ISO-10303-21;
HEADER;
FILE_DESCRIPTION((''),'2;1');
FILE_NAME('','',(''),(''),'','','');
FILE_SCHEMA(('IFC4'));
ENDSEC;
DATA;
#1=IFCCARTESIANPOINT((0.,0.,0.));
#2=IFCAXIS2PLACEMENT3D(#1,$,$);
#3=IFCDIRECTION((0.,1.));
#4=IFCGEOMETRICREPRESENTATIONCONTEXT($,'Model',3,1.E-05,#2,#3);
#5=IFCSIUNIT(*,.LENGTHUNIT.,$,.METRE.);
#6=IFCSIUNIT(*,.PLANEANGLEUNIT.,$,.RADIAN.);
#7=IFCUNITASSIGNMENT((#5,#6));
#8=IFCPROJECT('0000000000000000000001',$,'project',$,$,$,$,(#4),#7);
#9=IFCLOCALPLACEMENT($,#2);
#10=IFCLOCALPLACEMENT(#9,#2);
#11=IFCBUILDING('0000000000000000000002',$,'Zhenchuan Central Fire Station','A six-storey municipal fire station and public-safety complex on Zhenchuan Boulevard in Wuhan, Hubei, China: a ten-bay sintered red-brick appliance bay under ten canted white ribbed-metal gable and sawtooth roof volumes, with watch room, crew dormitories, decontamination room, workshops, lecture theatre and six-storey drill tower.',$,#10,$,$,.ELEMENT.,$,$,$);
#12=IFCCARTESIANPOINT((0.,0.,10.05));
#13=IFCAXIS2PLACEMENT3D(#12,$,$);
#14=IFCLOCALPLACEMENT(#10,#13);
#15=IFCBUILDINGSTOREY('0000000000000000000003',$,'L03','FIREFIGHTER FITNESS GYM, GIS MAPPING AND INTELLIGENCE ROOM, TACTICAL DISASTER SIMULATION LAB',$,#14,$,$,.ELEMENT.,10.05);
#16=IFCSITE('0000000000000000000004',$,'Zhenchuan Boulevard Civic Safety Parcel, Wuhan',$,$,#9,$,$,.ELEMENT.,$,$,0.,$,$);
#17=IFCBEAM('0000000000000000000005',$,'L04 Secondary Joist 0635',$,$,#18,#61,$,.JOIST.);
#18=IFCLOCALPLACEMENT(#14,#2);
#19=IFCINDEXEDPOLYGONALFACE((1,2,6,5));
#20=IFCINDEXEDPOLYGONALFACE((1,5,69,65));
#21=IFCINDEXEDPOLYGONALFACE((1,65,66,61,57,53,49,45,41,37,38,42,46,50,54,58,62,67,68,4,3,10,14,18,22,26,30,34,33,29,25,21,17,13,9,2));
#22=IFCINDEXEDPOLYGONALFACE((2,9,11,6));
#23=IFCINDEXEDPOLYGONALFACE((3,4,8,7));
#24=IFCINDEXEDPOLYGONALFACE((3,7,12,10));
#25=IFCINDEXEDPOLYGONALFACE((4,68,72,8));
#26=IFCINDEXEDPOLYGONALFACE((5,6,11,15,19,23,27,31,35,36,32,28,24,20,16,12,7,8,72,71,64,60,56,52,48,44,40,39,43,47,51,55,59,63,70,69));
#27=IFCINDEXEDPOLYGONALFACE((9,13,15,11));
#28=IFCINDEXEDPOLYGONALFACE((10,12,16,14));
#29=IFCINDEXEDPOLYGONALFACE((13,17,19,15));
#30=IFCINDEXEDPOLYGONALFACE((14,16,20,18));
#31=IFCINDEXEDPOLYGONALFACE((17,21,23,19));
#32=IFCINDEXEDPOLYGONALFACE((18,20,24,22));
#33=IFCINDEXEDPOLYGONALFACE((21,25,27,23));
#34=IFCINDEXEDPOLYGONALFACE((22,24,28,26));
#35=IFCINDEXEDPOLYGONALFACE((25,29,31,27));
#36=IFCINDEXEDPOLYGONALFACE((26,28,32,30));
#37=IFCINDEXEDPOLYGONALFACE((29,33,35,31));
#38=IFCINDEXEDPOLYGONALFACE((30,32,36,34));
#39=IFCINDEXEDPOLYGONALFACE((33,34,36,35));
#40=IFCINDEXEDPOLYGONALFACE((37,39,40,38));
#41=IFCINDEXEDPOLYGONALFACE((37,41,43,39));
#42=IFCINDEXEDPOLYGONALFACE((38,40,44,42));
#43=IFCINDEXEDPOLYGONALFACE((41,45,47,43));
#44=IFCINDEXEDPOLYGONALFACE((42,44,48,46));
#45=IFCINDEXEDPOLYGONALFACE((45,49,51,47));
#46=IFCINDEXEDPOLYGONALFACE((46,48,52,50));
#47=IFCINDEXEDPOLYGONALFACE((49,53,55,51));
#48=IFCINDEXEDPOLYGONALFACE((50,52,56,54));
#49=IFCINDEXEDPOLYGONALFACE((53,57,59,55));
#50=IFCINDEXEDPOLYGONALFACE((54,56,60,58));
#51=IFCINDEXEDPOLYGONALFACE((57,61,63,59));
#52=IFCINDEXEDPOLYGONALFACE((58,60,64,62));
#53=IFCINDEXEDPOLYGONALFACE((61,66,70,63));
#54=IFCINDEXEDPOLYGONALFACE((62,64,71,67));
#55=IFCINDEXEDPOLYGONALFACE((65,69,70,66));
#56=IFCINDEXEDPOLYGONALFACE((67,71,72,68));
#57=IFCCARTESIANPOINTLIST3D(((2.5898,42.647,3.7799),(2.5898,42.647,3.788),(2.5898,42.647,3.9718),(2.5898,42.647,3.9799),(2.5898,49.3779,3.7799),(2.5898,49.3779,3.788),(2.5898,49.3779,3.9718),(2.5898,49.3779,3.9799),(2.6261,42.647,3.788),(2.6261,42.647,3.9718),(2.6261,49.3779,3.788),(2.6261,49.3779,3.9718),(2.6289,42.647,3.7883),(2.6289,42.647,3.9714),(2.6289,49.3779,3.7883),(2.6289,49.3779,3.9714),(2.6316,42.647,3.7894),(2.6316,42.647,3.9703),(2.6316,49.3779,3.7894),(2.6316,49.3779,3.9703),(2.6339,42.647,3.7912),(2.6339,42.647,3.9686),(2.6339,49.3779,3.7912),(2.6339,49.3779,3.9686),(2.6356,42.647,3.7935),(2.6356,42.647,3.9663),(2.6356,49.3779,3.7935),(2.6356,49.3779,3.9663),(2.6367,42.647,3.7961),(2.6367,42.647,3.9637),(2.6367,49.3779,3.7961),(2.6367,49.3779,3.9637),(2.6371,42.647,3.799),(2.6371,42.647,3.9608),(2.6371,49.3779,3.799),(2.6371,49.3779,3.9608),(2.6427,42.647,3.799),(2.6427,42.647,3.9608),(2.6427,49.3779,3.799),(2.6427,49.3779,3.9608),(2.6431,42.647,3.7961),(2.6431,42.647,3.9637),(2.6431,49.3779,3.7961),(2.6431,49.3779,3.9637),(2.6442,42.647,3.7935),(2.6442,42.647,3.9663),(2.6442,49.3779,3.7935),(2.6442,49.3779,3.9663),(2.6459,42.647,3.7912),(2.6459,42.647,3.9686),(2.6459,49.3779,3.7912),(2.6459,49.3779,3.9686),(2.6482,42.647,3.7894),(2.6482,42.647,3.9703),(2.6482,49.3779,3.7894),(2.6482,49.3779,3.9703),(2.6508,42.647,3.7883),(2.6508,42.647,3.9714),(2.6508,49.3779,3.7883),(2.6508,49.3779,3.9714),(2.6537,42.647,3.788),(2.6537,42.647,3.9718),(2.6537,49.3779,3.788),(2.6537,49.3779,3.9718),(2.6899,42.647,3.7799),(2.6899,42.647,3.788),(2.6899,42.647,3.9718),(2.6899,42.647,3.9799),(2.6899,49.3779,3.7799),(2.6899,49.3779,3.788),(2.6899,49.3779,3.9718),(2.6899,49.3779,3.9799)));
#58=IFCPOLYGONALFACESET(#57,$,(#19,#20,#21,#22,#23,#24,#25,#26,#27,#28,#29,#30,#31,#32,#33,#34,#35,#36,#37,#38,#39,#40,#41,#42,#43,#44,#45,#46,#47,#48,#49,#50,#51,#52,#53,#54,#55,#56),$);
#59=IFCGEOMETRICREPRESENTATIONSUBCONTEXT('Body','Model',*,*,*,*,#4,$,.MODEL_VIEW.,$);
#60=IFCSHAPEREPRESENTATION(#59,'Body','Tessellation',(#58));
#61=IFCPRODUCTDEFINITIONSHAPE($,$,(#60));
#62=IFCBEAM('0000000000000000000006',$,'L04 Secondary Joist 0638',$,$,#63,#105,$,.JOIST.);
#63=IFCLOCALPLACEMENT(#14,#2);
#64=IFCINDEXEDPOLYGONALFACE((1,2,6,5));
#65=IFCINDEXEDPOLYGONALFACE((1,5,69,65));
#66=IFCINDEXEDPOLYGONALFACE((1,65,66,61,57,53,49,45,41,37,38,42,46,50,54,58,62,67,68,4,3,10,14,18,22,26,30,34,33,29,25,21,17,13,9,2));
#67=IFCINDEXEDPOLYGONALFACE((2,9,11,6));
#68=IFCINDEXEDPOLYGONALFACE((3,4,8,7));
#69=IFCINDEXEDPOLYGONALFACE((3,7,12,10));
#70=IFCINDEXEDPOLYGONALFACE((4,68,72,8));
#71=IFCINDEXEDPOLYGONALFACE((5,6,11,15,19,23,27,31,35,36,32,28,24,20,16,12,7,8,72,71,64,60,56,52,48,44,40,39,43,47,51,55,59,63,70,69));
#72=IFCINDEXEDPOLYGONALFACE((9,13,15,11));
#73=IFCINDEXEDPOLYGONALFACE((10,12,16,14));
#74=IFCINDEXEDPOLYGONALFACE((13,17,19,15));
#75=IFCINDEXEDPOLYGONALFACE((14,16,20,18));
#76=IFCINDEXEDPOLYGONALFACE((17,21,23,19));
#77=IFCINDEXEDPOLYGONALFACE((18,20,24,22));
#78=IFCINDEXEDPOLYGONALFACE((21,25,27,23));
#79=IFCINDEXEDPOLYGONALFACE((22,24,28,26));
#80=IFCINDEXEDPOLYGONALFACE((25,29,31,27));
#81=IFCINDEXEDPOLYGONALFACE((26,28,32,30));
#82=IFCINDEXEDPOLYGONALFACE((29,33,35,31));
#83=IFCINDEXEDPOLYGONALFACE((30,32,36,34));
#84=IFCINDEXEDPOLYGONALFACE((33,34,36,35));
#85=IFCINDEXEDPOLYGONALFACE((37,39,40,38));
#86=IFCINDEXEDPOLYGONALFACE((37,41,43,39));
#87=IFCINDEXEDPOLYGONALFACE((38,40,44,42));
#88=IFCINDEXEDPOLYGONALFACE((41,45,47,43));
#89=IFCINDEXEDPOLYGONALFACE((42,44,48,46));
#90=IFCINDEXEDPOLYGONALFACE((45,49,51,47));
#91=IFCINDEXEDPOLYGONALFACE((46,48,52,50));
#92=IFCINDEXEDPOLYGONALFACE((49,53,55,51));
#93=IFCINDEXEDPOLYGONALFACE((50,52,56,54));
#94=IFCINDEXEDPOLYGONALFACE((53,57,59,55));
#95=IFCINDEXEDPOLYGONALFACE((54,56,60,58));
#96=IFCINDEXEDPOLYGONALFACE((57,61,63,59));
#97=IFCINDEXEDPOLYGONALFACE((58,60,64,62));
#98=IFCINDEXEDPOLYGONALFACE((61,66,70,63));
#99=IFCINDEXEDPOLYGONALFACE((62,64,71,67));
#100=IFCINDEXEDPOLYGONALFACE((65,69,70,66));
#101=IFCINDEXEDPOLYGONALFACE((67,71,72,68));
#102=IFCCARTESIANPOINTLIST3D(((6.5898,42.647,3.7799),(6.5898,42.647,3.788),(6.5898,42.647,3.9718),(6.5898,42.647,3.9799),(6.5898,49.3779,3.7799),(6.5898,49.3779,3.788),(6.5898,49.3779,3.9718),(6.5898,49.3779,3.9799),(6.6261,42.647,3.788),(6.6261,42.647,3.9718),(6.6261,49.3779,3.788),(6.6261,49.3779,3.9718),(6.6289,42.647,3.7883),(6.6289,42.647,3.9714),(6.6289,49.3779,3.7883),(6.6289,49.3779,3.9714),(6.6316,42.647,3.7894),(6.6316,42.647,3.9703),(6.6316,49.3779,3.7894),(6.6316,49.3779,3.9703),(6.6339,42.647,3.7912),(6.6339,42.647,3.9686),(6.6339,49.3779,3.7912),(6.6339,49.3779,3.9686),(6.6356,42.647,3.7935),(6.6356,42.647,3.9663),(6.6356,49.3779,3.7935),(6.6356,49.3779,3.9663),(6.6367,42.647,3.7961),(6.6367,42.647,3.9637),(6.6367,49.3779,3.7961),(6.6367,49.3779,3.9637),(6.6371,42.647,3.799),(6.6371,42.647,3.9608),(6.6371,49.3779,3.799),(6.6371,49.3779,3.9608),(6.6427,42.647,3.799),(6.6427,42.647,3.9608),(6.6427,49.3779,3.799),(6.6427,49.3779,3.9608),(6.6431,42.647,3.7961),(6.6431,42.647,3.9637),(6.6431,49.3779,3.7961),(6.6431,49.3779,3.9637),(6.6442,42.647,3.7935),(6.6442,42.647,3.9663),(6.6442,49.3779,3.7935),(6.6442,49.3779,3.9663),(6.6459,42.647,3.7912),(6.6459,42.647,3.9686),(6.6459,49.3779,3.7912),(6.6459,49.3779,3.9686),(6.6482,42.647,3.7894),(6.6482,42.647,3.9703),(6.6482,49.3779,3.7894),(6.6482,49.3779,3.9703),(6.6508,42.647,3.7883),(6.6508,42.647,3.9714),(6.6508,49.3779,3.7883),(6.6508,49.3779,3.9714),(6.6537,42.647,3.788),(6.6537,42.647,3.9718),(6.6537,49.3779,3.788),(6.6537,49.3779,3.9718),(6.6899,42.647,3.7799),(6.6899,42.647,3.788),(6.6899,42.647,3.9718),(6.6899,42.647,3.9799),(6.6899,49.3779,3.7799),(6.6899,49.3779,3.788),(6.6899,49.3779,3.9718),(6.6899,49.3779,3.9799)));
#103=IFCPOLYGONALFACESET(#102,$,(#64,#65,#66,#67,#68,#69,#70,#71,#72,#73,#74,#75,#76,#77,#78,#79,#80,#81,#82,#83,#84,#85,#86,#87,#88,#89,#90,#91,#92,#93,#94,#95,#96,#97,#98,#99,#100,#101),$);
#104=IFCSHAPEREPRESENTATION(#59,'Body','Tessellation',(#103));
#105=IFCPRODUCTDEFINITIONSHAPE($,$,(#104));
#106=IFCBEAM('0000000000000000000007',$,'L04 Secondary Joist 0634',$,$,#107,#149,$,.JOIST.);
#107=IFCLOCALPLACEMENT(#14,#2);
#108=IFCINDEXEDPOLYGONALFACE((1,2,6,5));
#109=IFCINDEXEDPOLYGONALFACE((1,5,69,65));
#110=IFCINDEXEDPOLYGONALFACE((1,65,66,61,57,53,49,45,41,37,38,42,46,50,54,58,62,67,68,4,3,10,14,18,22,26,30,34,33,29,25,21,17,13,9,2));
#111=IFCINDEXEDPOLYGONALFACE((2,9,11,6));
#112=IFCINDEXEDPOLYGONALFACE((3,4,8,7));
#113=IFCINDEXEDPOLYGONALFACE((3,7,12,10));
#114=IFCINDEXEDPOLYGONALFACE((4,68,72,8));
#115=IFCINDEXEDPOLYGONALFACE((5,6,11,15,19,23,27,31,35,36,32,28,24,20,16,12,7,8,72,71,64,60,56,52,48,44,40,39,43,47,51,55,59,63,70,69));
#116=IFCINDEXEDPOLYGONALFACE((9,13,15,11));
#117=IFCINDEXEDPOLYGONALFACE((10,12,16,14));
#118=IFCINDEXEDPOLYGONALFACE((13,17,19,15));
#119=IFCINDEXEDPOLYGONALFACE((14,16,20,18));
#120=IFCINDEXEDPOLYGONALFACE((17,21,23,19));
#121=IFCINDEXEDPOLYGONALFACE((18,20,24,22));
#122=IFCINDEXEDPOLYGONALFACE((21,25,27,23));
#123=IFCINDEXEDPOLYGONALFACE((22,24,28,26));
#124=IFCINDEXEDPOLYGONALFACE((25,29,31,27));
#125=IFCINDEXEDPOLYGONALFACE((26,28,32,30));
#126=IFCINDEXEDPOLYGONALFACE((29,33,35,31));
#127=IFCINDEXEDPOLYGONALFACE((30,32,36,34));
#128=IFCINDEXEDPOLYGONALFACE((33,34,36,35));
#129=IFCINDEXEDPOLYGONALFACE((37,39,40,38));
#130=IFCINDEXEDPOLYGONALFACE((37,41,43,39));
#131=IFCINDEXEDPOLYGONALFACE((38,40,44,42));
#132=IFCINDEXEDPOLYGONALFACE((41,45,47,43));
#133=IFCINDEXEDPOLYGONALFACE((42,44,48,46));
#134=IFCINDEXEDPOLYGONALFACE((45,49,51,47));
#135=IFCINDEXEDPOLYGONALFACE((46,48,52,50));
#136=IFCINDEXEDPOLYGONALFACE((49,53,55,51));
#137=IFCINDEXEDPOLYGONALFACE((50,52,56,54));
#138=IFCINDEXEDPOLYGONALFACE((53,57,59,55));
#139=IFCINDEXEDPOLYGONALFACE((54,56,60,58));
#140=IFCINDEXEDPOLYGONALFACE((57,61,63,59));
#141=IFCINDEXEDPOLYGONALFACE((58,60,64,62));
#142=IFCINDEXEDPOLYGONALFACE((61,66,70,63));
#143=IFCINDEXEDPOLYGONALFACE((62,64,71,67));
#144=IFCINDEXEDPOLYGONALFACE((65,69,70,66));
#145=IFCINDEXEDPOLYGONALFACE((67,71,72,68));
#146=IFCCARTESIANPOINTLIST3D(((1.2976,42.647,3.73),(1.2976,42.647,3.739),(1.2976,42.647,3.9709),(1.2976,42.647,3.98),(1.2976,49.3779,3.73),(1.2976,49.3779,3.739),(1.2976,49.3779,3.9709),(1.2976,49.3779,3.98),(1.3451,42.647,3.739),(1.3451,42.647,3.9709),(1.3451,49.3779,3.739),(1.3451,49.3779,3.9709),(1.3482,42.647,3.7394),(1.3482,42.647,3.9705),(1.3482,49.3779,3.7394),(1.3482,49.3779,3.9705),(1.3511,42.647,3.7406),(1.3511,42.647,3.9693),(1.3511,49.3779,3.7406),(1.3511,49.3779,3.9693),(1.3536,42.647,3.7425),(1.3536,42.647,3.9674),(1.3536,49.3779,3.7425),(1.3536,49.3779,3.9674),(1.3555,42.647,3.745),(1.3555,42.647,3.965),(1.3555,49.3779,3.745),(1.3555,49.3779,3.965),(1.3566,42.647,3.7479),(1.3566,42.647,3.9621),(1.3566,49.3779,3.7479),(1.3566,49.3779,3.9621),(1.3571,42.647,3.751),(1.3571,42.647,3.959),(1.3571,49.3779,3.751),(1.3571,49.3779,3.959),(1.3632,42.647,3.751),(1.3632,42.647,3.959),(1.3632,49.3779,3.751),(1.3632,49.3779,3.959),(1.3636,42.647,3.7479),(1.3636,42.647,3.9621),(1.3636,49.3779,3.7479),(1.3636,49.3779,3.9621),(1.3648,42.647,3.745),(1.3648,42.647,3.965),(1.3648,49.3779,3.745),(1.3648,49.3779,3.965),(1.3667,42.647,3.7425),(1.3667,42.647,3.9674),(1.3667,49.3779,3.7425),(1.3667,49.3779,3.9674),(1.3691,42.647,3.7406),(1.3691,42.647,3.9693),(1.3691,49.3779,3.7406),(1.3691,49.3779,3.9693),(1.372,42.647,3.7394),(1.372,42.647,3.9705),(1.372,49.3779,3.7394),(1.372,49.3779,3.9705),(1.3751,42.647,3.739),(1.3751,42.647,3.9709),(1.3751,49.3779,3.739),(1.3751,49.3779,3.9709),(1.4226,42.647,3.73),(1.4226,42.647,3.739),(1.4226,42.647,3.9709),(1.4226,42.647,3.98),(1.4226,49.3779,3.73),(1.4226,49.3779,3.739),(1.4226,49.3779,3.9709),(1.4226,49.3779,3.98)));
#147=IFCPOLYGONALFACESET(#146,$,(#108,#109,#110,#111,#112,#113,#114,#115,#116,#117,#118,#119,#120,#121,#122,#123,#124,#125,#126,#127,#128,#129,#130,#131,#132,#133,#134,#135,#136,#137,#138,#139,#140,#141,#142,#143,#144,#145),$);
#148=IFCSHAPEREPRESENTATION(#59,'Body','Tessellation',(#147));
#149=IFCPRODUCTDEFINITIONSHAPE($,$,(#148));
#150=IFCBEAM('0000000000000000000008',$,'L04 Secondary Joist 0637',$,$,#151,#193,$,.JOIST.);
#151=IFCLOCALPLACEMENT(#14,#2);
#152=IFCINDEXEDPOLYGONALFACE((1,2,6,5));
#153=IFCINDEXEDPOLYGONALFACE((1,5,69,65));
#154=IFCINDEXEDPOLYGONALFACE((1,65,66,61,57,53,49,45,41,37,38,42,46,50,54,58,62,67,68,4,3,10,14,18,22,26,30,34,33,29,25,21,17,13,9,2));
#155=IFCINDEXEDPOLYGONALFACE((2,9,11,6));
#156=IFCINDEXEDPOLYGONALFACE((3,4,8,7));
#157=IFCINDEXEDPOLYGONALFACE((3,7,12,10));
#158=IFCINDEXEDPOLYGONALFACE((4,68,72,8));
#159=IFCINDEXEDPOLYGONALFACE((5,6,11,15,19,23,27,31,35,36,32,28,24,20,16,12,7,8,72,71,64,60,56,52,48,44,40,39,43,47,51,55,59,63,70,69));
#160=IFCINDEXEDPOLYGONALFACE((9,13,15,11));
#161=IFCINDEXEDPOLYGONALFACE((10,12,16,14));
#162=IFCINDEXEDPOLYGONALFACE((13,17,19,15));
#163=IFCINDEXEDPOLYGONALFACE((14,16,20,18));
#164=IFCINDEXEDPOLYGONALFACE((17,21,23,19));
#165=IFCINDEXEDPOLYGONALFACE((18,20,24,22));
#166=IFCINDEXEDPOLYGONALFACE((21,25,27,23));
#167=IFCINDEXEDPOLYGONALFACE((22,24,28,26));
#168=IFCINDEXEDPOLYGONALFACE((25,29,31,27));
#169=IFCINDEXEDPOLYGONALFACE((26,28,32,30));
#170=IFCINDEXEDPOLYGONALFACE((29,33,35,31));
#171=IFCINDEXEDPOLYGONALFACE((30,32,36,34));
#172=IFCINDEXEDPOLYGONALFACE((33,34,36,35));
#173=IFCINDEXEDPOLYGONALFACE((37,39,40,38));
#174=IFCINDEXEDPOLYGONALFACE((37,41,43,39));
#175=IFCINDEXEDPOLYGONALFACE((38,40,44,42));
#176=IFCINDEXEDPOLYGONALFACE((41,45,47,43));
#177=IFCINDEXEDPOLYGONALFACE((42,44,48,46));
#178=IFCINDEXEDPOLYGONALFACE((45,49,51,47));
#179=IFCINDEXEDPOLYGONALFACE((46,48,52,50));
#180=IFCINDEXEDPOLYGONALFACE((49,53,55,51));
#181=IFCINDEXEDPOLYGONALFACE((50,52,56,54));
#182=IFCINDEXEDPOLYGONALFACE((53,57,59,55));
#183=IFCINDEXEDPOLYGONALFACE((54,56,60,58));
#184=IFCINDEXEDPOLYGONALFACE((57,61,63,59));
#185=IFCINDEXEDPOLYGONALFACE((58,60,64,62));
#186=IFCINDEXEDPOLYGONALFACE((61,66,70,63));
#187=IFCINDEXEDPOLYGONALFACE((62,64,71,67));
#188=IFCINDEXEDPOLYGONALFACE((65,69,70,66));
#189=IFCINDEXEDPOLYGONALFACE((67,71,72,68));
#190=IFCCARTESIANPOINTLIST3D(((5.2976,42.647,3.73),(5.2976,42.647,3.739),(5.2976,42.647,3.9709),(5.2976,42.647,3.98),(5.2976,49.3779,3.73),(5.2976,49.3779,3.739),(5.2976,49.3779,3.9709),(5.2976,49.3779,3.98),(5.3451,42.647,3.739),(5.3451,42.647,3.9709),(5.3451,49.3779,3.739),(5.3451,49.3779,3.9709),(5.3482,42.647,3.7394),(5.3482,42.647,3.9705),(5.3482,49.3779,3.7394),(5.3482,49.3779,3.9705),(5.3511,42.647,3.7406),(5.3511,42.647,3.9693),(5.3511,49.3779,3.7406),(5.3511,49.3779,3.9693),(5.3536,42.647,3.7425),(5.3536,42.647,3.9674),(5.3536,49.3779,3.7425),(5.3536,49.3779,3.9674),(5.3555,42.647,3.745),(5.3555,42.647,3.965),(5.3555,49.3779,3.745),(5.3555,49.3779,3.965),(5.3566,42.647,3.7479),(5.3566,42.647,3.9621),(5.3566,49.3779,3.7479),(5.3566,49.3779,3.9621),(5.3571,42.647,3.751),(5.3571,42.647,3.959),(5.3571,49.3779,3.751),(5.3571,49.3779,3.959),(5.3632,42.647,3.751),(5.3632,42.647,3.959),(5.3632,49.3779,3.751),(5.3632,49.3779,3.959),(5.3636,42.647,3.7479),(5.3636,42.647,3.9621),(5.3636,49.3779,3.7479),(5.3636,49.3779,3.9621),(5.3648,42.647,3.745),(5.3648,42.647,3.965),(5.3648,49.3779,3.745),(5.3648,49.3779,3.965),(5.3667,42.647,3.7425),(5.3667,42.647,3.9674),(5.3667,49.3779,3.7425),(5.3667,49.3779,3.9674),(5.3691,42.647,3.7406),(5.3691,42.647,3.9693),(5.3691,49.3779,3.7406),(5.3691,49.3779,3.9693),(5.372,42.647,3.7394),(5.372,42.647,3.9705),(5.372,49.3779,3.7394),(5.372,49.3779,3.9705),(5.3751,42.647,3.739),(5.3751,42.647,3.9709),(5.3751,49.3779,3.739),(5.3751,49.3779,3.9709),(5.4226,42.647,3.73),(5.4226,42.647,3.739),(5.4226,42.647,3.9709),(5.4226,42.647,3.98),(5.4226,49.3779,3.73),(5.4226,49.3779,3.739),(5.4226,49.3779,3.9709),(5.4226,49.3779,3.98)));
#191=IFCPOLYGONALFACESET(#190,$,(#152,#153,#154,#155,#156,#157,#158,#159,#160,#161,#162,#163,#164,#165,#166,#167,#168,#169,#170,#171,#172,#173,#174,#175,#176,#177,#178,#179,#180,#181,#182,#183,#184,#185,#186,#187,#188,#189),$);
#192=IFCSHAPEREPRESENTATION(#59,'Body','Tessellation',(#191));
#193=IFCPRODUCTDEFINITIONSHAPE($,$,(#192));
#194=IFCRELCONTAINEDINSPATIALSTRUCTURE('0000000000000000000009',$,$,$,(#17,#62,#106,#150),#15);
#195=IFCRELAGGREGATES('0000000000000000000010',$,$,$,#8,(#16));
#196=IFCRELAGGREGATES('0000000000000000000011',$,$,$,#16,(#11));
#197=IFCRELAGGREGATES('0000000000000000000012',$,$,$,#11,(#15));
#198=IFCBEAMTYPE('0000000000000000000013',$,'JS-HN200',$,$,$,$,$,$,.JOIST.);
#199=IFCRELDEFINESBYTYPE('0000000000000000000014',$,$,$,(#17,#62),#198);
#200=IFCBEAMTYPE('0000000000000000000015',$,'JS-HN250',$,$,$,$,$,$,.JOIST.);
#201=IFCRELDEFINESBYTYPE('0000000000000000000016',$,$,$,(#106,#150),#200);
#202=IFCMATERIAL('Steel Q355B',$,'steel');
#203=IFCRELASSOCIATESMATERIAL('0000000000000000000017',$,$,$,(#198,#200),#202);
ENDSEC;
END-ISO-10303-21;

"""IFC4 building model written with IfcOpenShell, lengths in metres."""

from ifc_helpers import new_model, si_unit, direction, frame, origin, origin_2d, place, context, subcontext, project, spatial, i_section, extrude, material, material_profile, profile_set, type_object, element, save


model = new_model("IFC4")

# Units and contexts
model_context = context("Model", 3, precision=1e-05, world=origin(), true_north=direction((0.0, 1.0)))
body_context = subcontext(model_context, "Body", "Model", "MODEL_VIEW")
ifc_project = project(units=[si_unit("LENGTHUNIT", "METRE"), si_unit("PLANEANGLEUNIT", "RADIAN")], contexts=[model_context])

# Site, building, storey
site_placement = place(None, origin())
site = spatial("IfcSite", under=ifc_project, at=site_placement, Name="Zhenchuan Boulevard Civic Safety Parcel, Wuhan", CompositionType="ELEMENT", RefElevation=0.0)
building_placement = place(site_placement, origin())
building = spatial("IfcBuilding", under=site, at=building_placement, Name="Zhenchuan Central Fire Station", Description="A six-storey municipal fire station and public-safety complex on Zhenchuan Boulevard in Wuhan, Hubei, China: a ten-bay sintered red-brick appliance bay under ten canted white ribbed-metal gable and sawtooth roof volumes, with watch room, crew dormitories, decontamination room, workshops, lecture theatre and six-storey drill tower.", CompositionType="ELEMENT")
storey_placement = place(building_placement, frame((0.0, 0.0, 10.05)))
storey = spatial("IfcBuildingStorey", under=building, at=storey_placement, Name="L03", Description="FIREFIGHTER FITNESS GYM, GIS MAPPING AND INTELLIGENCE ROOM, TACTICAL DISASTER SIMULATION LAB", CompositionType="ELEMENT", Elevation=10.05)

# Shared definitions
ifc_material_1 = material(Name="Steel Q355B", Category="steel")

# Beams
ifc_material_profile_1 = material_profile(ifc_material_1, i_section(OverallWidth=0.1001, OverallDepth=0.2, WebThickness=0.0056, FlangeThickness=0.0081, FilletRadius=0.011, at=origin_2d()), Name="HN 200x100")
ifc_profile_set_1 = profile_set([ifc_material_profile_1], Name="Steel Q355B")
beam_type_1 = type_object("IfcBeamType", Name="JS-HN200", PredefinedType="JOIST", material=ifc_profile_set_1)
for number, where, z_axis, x_axis, name in (
    (1, (2.6399, 42.647, 3.8799), (0.0, 1.0, 0.0), (-1.0, 0.0, 0.0), "L04 Secondary Joist 0635"),
    (2, (6.6399, 42.647, 3.8799), (0.0, 1.0, 0.0), (-1.0, 0.0, 0.0), "L04 Secondary Joist 0638"),
):
    element("IfcBeam", number, at=place(storey_placement, frame(where, z_axis=z_axis, x_axis=x_axis)), inside=storey, type_object=beam_type_1, Name=name, PredefinedType="JOIST", context=body_context, shape_type="SweptSolid", body=[
        extrude(i_section(OverallWidth=0.1001, OverallDepth=0.2, WebThickness=0.0056, FlangeThickness=0.0081, FilletRadius=0.011, at=origin_2d()), origin(), (0.0, 0.0, 1.0), 6.731),
    ])
ifc_material_profile_2 = material_profile(ifc_material_1, i_section(OverallWidth=0.125, OverallDepth=0.25, WebThickness=0.0061, FlangeThickness=0.009, FilletRadius=0.012, at=origin_2d()), Name="HN 250x125")
ifc_profile_set_2 = profile_set([ifc_material_profile_2], Name="Steel Q355B")
beam_type_2 = type_object("IfcBeamType", Name="JS-HN250", PredefinedType="JOIST", material=ifc_profile_set_2)
for number, where, z_axis, x_axis, name in (
    (3, (1.3601, 42.647, 3.855), (0.0, 1.0, 0.0), (-1.0, 0.0, 0.0), "L04 Secondary Joist 0634"),
    (4, (5.3601, 42.647, 3.855), (0.0, 1.0, 0.0), (-1.0, 0.0, 0.0), "L04 Secondary Joist 0637"),
):
    element("IfcBeam", number, at=place(storey_placement, frame(where, z_axis=z_axis, x_axis=x_axis)), inside=storey, type_object=beam_type_2, Name=name, PredefinedType="JOIST", context=body_context, shape_type="SweptSolid", body=[
        extrude(i_section(OverallWidth=0.125, OverallDepth=0.25, WebThickness=0.0061, FlangeThickness=0.009, FilletRadius=0.012, at=origin_2d()), origin(), (0.0, 0.0, 1.0), 6.731),
    ])

save(model, "model.ifc")
